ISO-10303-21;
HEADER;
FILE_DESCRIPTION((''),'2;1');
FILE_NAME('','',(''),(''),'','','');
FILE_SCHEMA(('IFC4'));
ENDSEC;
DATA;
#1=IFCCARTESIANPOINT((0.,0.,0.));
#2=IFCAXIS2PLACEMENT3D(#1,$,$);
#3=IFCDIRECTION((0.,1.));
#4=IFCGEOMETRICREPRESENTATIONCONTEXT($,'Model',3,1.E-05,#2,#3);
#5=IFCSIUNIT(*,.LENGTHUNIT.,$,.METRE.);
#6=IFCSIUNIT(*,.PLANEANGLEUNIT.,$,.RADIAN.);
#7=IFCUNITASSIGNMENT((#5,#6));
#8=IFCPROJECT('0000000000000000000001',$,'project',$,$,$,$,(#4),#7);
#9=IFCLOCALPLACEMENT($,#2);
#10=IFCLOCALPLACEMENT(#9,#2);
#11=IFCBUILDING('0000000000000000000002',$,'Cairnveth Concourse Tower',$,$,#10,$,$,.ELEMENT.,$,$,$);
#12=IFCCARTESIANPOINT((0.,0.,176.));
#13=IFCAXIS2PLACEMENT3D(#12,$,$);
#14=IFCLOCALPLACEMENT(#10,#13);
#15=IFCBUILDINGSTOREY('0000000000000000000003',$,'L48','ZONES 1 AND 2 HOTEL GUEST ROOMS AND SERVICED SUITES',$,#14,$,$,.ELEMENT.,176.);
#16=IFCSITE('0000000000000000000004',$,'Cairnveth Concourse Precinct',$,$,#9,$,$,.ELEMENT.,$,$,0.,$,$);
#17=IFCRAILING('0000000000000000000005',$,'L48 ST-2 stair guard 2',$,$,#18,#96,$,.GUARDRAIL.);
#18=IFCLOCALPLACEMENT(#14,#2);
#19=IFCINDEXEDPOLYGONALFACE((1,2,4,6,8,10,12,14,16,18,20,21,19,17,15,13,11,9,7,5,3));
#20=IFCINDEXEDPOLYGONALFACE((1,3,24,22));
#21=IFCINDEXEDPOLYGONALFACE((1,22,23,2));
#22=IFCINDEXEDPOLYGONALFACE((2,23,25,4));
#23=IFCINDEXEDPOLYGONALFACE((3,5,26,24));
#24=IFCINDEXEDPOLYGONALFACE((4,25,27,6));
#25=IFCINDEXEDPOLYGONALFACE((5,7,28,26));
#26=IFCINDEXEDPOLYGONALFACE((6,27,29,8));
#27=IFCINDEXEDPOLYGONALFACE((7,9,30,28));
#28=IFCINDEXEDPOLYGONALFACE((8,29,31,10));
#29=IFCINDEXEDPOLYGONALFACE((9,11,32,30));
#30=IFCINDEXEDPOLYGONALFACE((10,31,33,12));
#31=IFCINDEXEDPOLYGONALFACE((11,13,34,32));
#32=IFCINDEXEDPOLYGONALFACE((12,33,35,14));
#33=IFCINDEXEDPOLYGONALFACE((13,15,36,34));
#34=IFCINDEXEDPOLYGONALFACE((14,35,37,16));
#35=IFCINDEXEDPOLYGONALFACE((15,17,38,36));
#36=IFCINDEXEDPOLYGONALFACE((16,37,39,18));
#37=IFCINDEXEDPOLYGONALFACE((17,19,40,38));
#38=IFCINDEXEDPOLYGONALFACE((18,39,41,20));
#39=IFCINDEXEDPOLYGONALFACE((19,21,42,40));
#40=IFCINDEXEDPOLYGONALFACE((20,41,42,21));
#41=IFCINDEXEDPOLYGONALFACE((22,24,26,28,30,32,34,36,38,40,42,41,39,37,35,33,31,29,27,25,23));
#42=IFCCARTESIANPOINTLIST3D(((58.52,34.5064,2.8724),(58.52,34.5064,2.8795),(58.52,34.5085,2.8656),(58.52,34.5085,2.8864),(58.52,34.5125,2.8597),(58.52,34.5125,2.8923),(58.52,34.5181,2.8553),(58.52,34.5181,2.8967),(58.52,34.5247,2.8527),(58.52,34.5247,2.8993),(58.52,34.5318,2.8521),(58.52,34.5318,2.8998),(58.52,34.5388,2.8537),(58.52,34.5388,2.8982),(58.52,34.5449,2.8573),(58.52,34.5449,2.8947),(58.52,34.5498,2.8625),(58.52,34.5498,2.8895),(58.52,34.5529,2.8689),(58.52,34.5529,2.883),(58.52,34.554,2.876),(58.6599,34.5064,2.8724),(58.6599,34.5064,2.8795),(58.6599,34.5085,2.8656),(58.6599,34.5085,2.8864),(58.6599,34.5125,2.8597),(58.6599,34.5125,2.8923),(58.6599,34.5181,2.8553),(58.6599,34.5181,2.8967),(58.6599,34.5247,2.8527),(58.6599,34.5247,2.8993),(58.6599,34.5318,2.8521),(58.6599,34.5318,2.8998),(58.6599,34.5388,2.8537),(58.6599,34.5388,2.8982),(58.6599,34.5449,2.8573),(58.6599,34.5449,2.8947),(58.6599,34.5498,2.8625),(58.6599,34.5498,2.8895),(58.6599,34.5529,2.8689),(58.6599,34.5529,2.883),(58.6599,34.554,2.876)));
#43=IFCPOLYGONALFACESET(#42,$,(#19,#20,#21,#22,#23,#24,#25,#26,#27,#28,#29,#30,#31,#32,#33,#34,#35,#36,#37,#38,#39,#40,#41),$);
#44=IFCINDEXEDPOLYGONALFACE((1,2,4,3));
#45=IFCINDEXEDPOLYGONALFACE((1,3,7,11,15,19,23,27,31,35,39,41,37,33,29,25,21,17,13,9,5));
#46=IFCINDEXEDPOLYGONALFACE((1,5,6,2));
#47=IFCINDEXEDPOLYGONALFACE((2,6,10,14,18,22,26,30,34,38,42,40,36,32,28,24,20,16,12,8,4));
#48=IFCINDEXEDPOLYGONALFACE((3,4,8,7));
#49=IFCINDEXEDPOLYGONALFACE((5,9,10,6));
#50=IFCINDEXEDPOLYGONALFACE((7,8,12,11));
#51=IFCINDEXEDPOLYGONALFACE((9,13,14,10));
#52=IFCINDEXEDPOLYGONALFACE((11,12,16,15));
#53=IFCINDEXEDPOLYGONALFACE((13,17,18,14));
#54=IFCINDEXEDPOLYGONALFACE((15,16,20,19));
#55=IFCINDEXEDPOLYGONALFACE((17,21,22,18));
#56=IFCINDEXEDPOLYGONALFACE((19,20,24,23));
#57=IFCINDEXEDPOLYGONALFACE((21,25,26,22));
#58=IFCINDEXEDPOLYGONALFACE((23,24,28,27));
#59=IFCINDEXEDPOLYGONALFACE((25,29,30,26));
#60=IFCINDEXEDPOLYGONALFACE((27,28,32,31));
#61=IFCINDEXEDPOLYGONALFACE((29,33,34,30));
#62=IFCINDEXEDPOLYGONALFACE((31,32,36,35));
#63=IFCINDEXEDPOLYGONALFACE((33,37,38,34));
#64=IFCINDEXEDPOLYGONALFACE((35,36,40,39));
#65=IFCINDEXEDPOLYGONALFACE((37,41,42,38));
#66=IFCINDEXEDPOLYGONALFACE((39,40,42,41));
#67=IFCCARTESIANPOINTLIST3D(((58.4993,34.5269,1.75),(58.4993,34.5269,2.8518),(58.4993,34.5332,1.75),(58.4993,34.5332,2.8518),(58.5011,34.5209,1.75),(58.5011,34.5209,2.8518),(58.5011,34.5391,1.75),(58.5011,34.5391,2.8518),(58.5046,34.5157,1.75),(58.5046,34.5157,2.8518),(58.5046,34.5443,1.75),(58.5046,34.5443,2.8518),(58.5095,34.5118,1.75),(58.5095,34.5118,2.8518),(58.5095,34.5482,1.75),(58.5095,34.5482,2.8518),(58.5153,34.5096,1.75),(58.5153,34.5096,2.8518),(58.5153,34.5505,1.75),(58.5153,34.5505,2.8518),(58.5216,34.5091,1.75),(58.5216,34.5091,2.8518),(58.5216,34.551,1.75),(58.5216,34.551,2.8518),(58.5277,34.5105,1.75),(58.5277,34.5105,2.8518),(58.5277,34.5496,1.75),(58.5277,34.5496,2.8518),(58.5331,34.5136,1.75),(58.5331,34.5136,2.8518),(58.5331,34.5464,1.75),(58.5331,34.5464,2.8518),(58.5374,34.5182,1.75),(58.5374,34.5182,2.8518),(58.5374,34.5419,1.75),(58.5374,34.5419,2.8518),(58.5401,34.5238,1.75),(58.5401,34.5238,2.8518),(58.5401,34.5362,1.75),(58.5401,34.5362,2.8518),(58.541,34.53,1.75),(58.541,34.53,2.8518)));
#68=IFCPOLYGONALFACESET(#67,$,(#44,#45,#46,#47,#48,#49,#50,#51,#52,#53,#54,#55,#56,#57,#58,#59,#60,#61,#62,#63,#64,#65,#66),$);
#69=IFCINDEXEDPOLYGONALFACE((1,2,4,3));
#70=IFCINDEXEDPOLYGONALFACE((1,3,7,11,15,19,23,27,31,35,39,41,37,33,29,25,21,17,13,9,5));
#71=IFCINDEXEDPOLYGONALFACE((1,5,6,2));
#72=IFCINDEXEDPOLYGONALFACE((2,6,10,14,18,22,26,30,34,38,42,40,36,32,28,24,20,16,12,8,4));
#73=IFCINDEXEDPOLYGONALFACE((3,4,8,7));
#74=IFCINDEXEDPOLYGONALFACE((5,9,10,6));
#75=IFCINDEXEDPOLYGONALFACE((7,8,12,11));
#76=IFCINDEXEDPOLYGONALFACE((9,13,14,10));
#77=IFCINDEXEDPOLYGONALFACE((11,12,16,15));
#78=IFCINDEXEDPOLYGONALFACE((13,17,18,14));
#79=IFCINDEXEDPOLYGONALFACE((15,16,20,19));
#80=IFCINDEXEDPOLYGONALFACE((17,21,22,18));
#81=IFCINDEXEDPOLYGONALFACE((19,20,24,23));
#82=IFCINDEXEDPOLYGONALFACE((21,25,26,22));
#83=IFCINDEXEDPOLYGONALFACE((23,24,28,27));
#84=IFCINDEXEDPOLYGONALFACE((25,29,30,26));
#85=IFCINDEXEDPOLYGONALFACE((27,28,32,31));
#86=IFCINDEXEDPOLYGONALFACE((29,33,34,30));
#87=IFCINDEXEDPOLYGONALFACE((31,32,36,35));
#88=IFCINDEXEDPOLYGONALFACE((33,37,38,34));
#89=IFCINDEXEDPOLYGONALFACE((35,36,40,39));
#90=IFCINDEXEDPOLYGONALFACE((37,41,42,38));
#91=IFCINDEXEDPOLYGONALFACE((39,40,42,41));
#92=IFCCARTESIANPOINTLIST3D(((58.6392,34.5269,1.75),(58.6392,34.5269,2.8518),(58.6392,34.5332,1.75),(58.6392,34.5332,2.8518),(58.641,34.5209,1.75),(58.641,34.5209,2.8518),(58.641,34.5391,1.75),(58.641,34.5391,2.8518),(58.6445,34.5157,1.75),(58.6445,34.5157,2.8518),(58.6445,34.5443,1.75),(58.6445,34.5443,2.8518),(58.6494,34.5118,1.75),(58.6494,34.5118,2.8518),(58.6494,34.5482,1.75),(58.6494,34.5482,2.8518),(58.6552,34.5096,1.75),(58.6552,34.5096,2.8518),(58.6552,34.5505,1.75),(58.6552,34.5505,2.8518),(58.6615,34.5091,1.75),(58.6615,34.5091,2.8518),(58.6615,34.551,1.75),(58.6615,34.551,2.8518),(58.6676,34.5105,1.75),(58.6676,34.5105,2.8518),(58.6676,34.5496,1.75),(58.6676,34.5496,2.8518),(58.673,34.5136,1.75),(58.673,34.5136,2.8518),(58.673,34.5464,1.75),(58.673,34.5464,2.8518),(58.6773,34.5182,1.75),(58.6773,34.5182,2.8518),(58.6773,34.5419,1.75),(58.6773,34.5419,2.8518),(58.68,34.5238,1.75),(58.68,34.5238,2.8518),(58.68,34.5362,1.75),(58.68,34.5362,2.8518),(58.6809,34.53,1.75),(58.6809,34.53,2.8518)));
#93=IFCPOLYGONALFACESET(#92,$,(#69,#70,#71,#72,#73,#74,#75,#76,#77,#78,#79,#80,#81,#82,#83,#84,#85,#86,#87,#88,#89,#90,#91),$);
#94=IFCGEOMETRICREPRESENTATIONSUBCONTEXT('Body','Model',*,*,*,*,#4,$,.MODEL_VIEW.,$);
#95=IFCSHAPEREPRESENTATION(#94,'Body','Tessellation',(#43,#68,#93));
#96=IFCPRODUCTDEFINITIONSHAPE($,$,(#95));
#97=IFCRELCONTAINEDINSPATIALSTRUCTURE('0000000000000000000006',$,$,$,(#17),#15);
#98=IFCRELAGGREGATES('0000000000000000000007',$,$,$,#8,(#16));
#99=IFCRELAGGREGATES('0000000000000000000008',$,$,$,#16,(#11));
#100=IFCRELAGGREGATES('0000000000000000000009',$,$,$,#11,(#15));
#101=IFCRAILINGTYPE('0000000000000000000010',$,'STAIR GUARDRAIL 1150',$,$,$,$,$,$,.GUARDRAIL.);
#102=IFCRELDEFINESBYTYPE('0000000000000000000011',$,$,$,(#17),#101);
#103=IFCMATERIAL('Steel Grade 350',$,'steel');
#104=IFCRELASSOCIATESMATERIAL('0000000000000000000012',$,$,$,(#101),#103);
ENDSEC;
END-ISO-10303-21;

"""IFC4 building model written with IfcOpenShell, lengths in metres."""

from ifc_helpers import new_model, si_unit, direction, frame, origin, origin_2d, place, context, subcontext, project, spatial, circle, extrude, material, type_object, element, save


model = new_model("IFC4")

# Units and contexts
model_context = context("Model", 3, precision=1e-05, world=origin(), true_north=direction((0.0, 1.0)))
body_context = subcontext(model_context, "Body", "Model", "MODEL_VIEW")
ifc_project = project(units=[si_unit("LENGTHUNIT", "METRE"), si_unit("PLANEANGLEUNIT", "RADIAN")], contexts=[model_context])

# Site, building, storey
site_placement = place(None, origin())
site = spatial("IfcSite", under=ifc_project, at=site_placement, Name="Cairnveth Concourse Precinct", CompositionType="ELEMENT", RefElevation=0.0)
building_placement = place(site_placement, origin())
building = spatial("IfcBuilding", under=site, at=building_placement, Name="Cairnveth Concourse Tower", CompositionType="ELEMENT")
storey_placement = place(building_placement, frame((0.0, 0.0, 176.0)))
storey = spatial("IfcBuildingStorey", under=building, at=storey_placement, Name="L48", Description="ZONES 1 AND 2 HOTEL GUEST ROOMS AND SERVICED SUITES", CompositionType="ELEMENT", Elevation=176.0)

# Shared definitions
ifc_material_1 = material(Name="Steel Grade 350", Category="steel")

# Railing
railing_type = type_object("IfcRailingType", Name="STAIR GUARDRAIL 1150", PredefinedType="GUARDRAIL", material=ifc_material_1)
railing_1_placement = place(storey_placement, frame((58.52, 34.53, 1.75)))
element("IfcRailing", 1, at=railing_1_placement, inside=storey, type_object=railing_type, Name="L48 ST-2 stair guard 2", PredefinedType="GUARDRAIL", context=body_context, shape_type="SweptSolid", body=[
    extrude(circle(Radius=0.0239, at=origin_2d()), frame((0.0, 0.0, 1.126), z_axis=(1.0, 0.0, 0.0), x_axis=(0.0, 1.0, 0.0)), (0.0, 0.0, 1.0), 0.1399),
    extrude(circle(Radius=0.021, at=origin_2d()), origin(), (0.0, 0.0, 1.0), 1.1018),
    extrude(circle(Radius=0.021, at=origin_2d()), frame((0.1399, 0.0, 0.0)), (0.0, 0.0, 1.0), 1.1018),
])

save(model, "model.ifc")
